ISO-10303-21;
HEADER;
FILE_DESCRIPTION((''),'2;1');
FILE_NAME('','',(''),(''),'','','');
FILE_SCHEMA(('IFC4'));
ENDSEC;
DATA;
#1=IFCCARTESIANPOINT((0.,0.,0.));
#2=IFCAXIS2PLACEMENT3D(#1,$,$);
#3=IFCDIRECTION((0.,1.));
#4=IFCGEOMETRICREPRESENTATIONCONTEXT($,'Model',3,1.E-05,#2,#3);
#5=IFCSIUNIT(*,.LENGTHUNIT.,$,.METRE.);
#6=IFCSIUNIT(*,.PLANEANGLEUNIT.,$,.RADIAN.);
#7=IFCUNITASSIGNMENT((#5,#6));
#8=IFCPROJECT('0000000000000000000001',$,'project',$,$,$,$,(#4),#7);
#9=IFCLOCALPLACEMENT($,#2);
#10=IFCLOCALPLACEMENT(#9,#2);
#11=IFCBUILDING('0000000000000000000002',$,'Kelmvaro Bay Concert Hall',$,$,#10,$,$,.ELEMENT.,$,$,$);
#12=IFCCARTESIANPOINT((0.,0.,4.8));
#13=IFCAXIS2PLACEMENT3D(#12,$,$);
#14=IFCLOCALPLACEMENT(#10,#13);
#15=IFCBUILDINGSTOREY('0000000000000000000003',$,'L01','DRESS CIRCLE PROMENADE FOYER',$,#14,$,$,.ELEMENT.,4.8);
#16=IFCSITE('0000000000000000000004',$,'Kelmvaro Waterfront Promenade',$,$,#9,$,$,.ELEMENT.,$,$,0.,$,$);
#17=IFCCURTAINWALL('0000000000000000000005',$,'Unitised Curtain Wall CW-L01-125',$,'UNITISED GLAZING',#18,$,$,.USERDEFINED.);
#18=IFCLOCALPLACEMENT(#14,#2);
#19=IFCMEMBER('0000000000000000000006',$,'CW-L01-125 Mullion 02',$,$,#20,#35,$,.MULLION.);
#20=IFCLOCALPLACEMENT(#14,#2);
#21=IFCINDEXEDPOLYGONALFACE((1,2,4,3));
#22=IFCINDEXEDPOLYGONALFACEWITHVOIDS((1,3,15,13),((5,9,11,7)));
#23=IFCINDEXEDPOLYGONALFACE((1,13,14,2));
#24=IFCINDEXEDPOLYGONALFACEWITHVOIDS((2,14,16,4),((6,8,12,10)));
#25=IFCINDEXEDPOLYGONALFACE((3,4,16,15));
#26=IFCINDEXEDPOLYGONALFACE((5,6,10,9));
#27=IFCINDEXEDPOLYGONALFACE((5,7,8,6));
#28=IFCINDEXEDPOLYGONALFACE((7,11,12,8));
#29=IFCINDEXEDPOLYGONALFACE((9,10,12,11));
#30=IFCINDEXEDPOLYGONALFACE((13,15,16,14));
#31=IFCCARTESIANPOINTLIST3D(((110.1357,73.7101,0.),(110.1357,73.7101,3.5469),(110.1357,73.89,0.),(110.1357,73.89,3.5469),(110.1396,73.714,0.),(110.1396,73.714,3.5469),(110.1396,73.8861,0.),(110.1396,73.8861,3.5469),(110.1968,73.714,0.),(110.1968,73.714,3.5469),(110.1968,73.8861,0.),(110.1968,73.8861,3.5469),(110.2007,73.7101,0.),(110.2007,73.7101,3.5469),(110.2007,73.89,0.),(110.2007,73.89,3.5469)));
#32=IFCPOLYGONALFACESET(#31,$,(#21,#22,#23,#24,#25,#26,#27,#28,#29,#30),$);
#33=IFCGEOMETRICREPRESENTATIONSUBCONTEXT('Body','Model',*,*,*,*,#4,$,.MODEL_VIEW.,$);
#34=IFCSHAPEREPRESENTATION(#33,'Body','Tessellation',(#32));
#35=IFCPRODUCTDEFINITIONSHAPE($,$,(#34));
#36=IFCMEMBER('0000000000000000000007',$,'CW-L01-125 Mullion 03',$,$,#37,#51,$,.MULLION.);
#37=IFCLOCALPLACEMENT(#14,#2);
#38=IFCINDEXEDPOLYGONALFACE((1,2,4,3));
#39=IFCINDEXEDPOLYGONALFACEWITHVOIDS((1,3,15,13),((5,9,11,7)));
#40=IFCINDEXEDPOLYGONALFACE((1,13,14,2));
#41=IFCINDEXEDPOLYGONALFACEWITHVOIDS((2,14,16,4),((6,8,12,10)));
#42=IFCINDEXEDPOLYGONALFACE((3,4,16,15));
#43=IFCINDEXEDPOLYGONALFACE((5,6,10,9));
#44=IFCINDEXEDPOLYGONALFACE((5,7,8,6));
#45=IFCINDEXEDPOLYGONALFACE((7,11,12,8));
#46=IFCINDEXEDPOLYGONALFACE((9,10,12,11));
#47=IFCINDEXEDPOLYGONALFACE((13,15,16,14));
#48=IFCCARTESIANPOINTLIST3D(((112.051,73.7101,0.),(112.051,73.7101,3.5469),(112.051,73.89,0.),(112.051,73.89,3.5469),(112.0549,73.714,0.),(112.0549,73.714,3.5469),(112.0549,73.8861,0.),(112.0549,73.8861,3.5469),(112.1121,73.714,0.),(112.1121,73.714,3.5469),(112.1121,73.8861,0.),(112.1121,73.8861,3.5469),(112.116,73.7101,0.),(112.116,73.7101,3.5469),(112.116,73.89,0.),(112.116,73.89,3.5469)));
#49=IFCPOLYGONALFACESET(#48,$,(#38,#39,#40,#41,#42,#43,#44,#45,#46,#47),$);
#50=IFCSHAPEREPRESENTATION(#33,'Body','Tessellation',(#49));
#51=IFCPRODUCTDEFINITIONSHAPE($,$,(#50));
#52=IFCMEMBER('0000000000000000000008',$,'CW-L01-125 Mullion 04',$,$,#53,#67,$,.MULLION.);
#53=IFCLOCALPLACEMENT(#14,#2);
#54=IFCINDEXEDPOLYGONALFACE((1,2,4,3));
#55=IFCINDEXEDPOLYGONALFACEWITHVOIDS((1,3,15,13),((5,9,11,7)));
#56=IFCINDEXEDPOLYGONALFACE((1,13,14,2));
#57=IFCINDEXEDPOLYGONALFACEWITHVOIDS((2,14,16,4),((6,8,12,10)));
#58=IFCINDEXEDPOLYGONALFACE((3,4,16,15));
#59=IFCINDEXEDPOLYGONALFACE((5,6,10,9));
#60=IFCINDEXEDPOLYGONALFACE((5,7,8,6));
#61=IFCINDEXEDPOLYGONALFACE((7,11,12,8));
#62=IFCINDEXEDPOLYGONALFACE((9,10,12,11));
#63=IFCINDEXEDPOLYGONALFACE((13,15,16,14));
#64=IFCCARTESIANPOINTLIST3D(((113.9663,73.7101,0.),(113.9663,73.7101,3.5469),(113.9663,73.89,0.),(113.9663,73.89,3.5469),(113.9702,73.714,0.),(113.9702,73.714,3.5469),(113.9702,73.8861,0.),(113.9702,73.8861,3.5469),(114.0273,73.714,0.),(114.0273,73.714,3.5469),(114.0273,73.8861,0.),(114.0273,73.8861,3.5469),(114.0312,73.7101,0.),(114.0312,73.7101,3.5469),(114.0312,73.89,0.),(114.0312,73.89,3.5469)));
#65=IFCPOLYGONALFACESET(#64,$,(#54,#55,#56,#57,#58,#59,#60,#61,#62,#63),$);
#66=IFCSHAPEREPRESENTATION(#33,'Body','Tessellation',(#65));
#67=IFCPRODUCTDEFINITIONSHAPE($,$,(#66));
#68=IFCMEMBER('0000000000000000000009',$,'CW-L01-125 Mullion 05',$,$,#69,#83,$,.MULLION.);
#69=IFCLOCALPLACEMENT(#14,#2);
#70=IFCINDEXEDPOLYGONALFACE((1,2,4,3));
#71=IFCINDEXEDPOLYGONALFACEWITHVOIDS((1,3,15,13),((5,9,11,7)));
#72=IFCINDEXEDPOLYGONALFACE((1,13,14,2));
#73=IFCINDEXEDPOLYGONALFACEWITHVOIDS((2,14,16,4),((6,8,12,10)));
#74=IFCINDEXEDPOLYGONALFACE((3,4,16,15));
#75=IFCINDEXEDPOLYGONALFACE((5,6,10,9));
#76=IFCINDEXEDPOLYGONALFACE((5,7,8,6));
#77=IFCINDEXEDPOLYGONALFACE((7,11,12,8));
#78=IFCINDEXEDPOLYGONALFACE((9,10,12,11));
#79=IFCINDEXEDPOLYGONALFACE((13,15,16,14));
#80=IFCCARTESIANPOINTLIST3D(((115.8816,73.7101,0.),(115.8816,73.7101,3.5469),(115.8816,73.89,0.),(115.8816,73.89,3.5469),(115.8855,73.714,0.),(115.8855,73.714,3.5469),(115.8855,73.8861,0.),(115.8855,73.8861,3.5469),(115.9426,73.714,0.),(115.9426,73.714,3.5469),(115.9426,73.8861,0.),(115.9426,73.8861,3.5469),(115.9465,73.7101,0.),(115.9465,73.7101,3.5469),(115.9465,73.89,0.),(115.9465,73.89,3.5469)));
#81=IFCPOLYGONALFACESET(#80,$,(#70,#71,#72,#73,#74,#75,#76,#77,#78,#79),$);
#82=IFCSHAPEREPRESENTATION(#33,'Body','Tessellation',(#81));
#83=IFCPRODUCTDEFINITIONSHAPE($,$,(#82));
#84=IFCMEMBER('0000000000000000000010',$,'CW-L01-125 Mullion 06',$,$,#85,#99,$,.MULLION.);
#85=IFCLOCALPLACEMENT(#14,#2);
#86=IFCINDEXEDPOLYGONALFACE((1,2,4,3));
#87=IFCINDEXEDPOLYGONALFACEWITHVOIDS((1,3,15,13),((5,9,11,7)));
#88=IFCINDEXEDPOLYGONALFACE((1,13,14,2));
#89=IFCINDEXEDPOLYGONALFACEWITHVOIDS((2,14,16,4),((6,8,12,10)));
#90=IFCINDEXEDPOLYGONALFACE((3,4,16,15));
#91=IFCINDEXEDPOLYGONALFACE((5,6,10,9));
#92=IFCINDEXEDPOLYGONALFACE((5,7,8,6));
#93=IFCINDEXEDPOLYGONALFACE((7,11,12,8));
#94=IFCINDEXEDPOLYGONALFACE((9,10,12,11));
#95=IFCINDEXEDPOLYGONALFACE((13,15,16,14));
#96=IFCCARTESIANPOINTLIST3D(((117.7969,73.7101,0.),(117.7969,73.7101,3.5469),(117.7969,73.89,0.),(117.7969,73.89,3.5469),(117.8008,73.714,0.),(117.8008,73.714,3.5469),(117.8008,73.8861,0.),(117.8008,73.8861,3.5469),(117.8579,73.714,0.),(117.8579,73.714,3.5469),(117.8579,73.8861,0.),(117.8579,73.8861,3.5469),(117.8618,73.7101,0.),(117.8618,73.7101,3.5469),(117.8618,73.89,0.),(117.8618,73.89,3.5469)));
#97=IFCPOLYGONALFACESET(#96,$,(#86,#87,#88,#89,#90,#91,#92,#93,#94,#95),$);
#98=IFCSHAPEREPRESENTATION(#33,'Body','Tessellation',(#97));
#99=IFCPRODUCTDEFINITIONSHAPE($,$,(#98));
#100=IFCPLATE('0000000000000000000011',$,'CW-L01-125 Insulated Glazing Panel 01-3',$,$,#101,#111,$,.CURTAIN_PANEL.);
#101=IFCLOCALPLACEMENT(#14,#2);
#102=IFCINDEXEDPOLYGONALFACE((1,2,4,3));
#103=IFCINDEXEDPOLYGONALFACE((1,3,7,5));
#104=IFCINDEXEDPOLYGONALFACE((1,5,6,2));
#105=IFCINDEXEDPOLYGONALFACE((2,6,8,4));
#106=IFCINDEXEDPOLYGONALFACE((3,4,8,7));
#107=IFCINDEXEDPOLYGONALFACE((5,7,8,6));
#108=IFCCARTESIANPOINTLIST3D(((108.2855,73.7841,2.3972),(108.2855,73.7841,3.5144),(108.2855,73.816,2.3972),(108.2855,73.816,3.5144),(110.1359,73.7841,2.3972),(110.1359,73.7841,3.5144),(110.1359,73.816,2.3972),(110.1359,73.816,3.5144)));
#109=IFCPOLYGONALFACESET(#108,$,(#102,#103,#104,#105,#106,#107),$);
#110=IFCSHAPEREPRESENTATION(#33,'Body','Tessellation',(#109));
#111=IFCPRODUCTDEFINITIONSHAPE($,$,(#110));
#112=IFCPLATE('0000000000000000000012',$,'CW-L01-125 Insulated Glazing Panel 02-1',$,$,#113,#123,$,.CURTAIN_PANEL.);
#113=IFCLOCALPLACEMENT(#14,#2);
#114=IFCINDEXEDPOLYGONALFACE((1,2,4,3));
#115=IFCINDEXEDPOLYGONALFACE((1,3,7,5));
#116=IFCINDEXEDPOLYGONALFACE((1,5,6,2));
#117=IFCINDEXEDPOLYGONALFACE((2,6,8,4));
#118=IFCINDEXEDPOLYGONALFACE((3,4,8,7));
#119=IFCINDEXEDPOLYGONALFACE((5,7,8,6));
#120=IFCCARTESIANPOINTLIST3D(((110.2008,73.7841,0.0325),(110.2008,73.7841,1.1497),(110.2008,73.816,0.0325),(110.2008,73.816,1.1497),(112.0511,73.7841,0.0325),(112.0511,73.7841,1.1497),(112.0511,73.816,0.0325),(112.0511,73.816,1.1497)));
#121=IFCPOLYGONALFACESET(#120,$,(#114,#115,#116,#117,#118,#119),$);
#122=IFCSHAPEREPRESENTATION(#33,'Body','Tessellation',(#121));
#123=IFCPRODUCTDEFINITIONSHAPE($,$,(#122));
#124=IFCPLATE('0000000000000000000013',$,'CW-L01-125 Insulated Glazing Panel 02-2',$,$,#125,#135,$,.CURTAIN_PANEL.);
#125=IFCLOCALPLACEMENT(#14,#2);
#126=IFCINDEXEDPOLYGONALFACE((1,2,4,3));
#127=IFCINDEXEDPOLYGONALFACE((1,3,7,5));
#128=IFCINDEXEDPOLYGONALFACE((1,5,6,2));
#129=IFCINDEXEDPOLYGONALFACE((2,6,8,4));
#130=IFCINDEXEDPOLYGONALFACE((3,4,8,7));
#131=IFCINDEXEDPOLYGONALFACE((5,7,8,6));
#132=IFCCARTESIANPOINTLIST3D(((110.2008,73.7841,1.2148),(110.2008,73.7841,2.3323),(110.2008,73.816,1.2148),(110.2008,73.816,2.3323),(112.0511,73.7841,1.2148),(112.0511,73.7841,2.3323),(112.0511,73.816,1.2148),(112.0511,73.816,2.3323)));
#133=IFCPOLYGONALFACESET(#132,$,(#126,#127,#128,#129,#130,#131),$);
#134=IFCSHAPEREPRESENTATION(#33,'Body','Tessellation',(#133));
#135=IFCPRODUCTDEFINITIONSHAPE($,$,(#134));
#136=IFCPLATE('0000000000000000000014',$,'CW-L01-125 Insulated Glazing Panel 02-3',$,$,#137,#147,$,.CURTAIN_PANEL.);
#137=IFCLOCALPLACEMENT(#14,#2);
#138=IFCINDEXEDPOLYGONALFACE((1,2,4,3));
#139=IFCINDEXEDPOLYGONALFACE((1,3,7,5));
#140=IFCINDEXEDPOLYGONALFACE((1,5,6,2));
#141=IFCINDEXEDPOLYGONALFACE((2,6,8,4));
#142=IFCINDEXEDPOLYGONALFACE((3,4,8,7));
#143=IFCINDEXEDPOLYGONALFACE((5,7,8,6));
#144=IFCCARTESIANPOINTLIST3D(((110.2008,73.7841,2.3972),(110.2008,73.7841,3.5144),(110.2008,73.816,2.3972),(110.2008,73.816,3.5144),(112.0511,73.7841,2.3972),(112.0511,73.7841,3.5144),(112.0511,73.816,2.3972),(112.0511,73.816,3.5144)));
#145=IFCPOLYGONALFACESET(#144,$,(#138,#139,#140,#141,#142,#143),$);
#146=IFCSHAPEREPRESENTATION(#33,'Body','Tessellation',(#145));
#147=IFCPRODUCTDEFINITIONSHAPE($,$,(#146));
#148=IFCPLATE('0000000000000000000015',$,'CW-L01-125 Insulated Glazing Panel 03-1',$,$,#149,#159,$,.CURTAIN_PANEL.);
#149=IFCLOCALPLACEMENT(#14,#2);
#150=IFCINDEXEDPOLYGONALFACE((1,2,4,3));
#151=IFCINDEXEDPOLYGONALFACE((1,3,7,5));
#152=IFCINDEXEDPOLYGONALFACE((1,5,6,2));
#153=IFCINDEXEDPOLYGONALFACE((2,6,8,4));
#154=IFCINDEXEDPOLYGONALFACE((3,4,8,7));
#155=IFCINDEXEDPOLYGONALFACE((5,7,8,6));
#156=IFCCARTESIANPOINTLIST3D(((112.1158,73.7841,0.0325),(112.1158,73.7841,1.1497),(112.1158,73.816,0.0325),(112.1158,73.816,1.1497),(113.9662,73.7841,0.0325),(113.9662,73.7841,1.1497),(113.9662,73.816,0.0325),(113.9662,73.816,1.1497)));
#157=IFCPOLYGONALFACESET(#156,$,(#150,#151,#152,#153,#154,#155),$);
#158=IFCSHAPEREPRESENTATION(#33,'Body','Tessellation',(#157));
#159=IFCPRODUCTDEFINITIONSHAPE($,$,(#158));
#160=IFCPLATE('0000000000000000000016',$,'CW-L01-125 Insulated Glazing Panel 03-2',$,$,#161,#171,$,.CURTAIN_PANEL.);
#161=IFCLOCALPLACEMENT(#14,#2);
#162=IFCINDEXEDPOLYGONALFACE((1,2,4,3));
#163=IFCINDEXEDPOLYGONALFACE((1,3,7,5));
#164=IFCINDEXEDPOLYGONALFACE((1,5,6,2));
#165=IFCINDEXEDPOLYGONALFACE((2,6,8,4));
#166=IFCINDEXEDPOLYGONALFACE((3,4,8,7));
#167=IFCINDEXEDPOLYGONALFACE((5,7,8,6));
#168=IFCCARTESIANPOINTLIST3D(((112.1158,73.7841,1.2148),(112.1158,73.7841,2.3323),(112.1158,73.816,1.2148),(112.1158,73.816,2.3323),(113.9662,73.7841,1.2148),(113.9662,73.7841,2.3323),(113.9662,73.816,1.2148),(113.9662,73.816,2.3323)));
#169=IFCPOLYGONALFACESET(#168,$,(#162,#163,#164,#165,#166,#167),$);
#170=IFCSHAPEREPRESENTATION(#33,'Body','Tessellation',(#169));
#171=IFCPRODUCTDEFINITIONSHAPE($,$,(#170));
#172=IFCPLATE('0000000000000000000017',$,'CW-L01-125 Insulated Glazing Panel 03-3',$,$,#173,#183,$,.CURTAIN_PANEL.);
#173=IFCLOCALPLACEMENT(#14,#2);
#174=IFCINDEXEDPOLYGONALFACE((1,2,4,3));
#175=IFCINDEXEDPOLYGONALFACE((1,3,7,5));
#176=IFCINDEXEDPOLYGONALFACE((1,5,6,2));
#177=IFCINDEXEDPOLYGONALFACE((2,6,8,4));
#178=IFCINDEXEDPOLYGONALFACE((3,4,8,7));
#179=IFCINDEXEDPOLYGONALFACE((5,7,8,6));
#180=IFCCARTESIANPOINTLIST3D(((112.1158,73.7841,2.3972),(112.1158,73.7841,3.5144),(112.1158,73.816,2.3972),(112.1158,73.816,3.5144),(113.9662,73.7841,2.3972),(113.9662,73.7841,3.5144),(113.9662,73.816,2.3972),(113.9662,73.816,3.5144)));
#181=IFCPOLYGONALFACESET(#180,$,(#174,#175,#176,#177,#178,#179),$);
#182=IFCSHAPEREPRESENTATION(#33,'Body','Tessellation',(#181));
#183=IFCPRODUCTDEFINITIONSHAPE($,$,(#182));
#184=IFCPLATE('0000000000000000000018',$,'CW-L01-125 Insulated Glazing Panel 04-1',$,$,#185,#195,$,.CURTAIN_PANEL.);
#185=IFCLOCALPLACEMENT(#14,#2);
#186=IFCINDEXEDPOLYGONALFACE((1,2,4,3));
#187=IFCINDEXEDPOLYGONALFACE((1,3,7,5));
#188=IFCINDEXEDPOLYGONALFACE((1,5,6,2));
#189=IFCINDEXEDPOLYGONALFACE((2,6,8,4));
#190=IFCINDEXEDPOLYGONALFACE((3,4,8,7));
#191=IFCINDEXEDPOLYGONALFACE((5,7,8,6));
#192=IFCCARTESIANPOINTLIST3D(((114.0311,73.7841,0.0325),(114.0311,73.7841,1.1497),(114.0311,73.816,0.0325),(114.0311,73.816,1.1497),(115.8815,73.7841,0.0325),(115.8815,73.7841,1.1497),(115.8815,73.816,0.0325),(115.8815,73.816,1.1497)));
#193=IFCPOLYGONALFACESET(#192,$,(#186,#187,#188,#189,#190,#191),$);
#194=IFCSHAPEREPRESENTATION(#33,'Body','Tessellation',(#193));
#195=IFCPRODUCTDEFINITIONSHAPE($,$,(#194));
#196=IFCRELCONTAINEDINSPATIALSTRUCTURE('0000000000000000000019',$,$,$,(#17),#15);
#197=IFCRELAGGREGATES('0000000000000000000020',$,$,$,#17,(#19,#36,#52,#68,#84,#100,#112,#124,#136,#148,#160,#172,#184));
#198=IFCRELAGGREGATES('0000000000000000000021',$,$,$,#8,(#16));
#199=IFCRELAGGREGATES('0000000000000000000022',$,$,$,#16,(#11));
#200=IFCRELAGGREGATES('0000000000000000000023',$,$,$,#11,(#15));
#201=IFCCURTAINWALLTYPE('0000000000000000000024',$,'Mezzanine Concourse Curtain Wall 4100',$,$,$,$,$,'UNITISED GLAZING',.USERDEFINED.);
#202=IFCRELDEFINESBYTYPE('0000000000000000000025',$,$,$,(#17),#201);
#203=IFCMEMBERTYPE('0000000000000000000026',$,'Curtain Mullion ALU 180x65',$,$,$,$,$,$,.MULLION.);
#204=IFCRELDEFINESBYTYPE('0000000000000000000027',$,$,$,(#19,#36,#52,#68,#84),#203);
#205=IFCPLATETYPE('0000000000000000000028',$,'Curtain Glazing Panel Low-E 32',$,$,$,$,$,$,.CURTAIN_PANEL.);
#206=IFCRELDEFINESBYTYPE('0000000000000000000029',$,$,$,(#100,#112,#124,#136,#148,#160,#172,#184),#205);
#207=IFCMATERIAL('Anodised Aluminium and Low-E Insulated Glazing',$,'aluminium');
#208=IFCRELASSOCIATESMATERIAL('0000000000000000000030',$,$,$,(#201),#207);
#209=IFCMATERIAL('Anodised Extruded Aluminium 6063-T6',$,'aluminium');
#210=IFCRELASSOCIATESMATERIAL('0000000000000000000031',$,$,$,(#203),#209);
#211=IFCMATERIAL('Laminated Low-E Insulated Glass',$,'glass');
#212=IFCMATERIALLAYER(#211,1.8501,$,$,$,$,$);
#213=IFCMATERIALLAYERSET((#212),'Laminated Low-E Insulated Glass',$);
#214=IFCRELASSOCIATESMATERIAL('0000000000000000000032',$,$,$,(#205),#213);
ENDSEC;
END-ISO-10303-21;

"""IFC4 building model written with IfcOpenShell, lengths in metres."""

from ifc_helpers import new_model, si_unit, direction, frame, origin, origin_2d, place, context, subcontext, project, spatial, rectangle, hollow_rectangle, extrude, material, layer, layer_set, material_profile, profile_set, type_object, element, aggregate, save


model = new_model("IFC4")

# Units and contexts
model_context = context("Model", 3, precision=1e-05, world=origin(), true_north=direction((0.0, 1.0)))
body_context = subcontext(model_context, "Body", "Model", "MODEL_VIEW")
ifc_project = project(units=[si_unit("LENGTHUNIT", "METRE"), si_unit("PLANEANGLEUNIT", "RADIAN")], contexts=[model_context])

# Site, building, storey
site_placement = place(None, origin())
site = spatial("IfcSite", under=ifc_project, at=site_placement, Name="Kelmvaro Waterfront Promenade", CompositionType="ELEMENT", RefElevation=0.0)
building_placement = place(site_placement, origin())
building = spatial("IfcBuilding", under=site, at=building_placement, Name="Kelmvaro Bay Concert Hall", CompositionType="ELEMENT")
storey_placement = place(building_placement, frame((0.0, 0.0, 4.8)))
storey = spatial("IfcBuildingStorey", under=building, at=storey_placement, Name="L01", Description="DRESS CIRCLE PROMENADE FOYER", CompositionType="ELEMENT", Elevation=4.8)

# Curtain wall, members, plates
ifc_material_1 = material(Name="Anodised Aluminium and Low-E Insulated Glazing", Category="aluminium")
curtain_wall_type = type_object("IfcCurtainWallType", Name="Mezzanine Concourse Curtain Wall 4100", ElementType="UNITISED GLAZING", PredefinedType="USERDEFINED", material=ifc_material_1)
curtain_wall_placement = place(storey_placement, origin())
curtain_wall = element("IfcCurtainWall", 1, at=curtain_wall_placement, inside=storey, type_object=curtain_wall_type, Name="Unitised Curtain Wall CW-L01-125", ObjectType="UNITISED GLAZING", PredefinedType="USERDEFINED")
ifc_material_2 = material(Name="Anodised Extruded Aluminium 6063-T6", Category="aluminium")
ifc_material_profile = material_profile(ifc_material_2, hollow_rectangle(XDim=0.0649, YDim=0.1799, WallThickness=0.0039, at=origin_2d()), Name="ALU-MUL-180X65")
ifc_profile_set = profile_set([ifc_material_profile], Name="Anodised Extruded Aluminium 6063-T6")
member_type = type_object("IfcMemberType", Name="Curtain Mullion ALU 180x65", PredefinedType="MULLION", material=ifc_profile_set)
member_1_placement = place(storey_placement, frame((110.1682, 73.8, 0.0), z_axis=(0.0, 0.0, 1.0), x_axis=(1.0, 0.0, 0.0)))
member_1 = element("IfcMember", 2, at=member_1_placement, type_object=member_type, Name="CW-L01-125 Mullion 02", PredefinedType="MULLION", context=body_context, shape_type="SweptSolid", body=[
    extrude(hollow_rectangle(XDim=0.0649, YDim=0.1799, WallThickness=0.0039, at=origin_2d()), origin(), (0.0, 0.0, 1.0), 3.5469),
])
member_2_placement = place(storey_placement, frame((112.0835, 73.8, 0.0), z_axis=(0.0, 0.0, 1.0), x_axis=(1.0, 0.0, 0.0)))
member_2 = element("IfcMember", 3, at=member_2_placement, type_object=member_type, Name="CW-L01-125 Mullion 03", PredefinedType="MULLION", context=body_context, shape_type="SweptSolid", body=[
    extrude(hollow_rectangle(XDim=0.0649, YDim=0.1799, WallThickness=0.0039, at=origin_2d()), origin(), (0.0, 0.0, 1.0), 3.5469),
])
member_3_placement = place(storey_placement, frame((113.9988, 73.8, 0.0), z_axis=(0.0, 0.0, 1.0), x_axis=(1.0, 0.0, 0.0)))
member_3 = element("IfcMember", 4, at=member_3_placement, type_object=member_type, Name="CW-L01-125 Mullion 04", PredefinedType="MULLION", context=body_context, shape_type="SweptSolid", body=[
    extrude(hollow_rectangle(XDim=0.0649, YDim=0.1799, WallThickness=0.0039, at=origin_2d()), origin(), (0.0, 0.0, 1.0), 3.5469),
])
member_4_placement = place(storey_placement, frame((115.9141, 73.8, 0.0), z_axis=(0.0, 0.0, 1.0), x_axis=(1.0, 0.0, 0.0)))
member_4 = element("IfcMember", 5, at=member_4_placement, type_object=member_type, Name="CW-L01-125 Mullion 05", PredefinedType="MULLION", context=body_context, shape_type="SweptSolid", body=[
    extrude(hollow_rectangle(XDim=0.0649, YDim=0.1799, WallThickness=0.0039, at=origin_2d()), origin(), (0.0, 0.0, 1.0), 3.5469),
])
member_5_placement = place(storey_placement, frame((117.8293, 73.8, 0.0), z_axis=(0.0, 0.0, 1.0), x_axis=(1.0, 0.0, 0.0)))
member_5 = element("IfcMember", 6, at=member_5_placement, type_object=member_type, Name="CW-L01-125 Mullion 06", PredefinedType="MULLION", context=body_context, shape_type="SweptSolid", body=[
    extrude(hollow_rectangle(XDim=0.0649, YDim=0.1799, WallThickness=0.0039, at=origin_2d()), origin(), (0.0, 0.0, 1.0), 3.5469),
])
ifc_material_3 = material(Name="Laminated Low-E Insulated Glass", Category="glass")
ifc_layer = layer(ifc_material_3, 1.8501)
ifc_layer_set = layer_set([ifc_layer], Name="Laminated Low-E Insulated Glass")
plate_type = type_object("IfcPlateType", Name="Curtain Glazing Panel Low-E 32", PredefinedType="CURTAIN_PANEL", material=ifc_layer_set)
plate_1_placement = place(storey_placement, frame((109.2107, 73.8, 2.3972), z_axis=(0.0, 0.0, 1.0), x_axis=(1.0, 0.0, 0.0)))
plate_1 = element("IfcPlate", 7, at=plate_1_placement, type_object=plate_type, Name="CW-L01-125 Insulated Glazing Panel 01-3", PredefinedType="CURTAIN_PANEL", context=body_context, shape_type="SweptSolid", body=[
    extrude(rectangle(XDim=1.8503, YDim=0.032, at=origin_2d()), origin(), (0.0, 0.0, 1.0), 1.1172),
])
plate_2_placement = place(storey_placement, frame((111.126, 73.8, 0.0325), z_axis=(0.0, 0.0, 1.0), x_axis=(1.0, 0.0, 0.0)))
plate_2 = element("IfcPlate", 8, at=plate_2_placement, type_object=plate_type, Name="CW-L01-125 Insulated Glazing Panel 02-1", PredefinedType="CURTAIN_PANEL", context=body_context, shape_type="SweptSolid", body=[
    extrude(rectangle(XDim=1.8503, YDim=0.032, at=origin_2d()), origin(), (0.0, 0.0, 1.0), 1.1172),
])
plate_3_placement = place(storey_placement, frame((111.126, 73.8, 1.2148), z_axis=(0.0, 0.0, 1.0), x_axis=(1.0, 0.0, 0.0)))
plate_3 = element("IfcPlate", 9, at=plate_3_placement, type_object=plate_type, Name="CW-L01-125 Insulated Glazing Panel 02-2", PredefinedType="CURTAIN_PANEL", context=body_context, shape_type="SweptSolid", body=[
    extrude(rectangle(XDim=1.8503, YDim=0.032, at=origin_2d()), origin(), (0.0, 0.0, 1.0), 1.1174),
])
plate_4_placement = place(storey_placement, frame((111.126, 73.8, 2.3972), z_axis=(0.0, 0.0, 1.0), x_axis=(1.0, 0.0, 0.0)))
plate_4 = element("IfcPlate", 10, at=plate_4_placement, type_object=plate_type, Name="CW-L01-125 Insulated Glazing Panel 02-3", PredefinedType="CURTAIN_PANEL", context=body_context, shape_type="SweptSolid", body=[
    extrude(rectangle(XDim=1.8503, YDim=0.032, at=origin_2d()), origin(), (0.0, 0.0, 1.0), 1.1172),
])
plate_5_placement = place(storey_placement, frame((113.041, 73.8, 0.0325), z_axis=(0.0, 0.0, 1.0), x_axis=(1.0, 0.0, 0.0)))
plate_5 = element("IfcPlate", 11, at=plate_5_placement, type_object=plate_type, Name="CW-L01-125 Insulated Glazing Panel 03-1", PredefinedType="CURTAIN_PANEL", context=body_context, shape_type="SweptSolid", body=[
    extrude(rectangle(XDim=1.8503, YDim=0.032, at=origin_2d()), origin(), (0.0, 0.0, 1.0), 1.1172),
])
plate_6_placement = place(storey_placement, frame((113.041, 73.8, 1.2148), z_axis=(0.0, 0.0, 1.0), x_axis=(1.0, 0.0, 0.0)))
plate_6 = element("IfcPlate", 12, at=plate_6_placement, type_object=plate_type, Name="CW-L01-125 Insulated Glazing Panel 03-2", PredefinedType="CURTAIN_PANEL", context=body_context, shape_type="SweptSolid", body=[
    extrude(rectangle(XDim=1.8503, YDim=0.032, at=origin_2d()), origin(), (0.0, 0.0, 1.0), 1.1174),
])
plate_7_placement = place(storey_placement, frame((113.041, 73.8, 2.3972), z_axis=(0.0, 0.0, 1.0), x_axis=(1.0, 0.0, 0.0)))
plate_7 = element("IfcPlate", 13, at=plate_7_placement, type_object=plate_type, Name="CW-L01-125 Insulated Glazing Panel 03-3", PredefinedType="CURTAIN_PANEL", context=body_context, shape_type="SweptSolid", body=[
    extrude(rectangle(XDim=1.8503, YDim=0.032, at=origin_2d()), origin(), (0.0, 0.0, 1.0), 1.1172),
])
plate_8_placement = place(storey_placement, frame((114.9563, 73.8, 0.0325), z_axis=(0.0, 0.0, 1.0), x_axis=(1.0, 0.0, 0.0)))
plate_8 = element("IfcPlate", 14, at=plate_8_placement, type_object=plate_type, Name="CW-L01-125 Insulated Glazing Panel 04-1", PredefinedType="CURTAIN_PANEL", context=body_context, shape_type="SweptSolid", body=[
    extrude(rectangle(XDim=1.8503, YDim=0.032, at=origin_2d()), origin(), (0.0, 0.0, 1.0), 1.1172),
])
aggregate(curtain_wall, [member_1, member_2, member_3, member_4, member_5, plate_1, plate_2, plate_3, plate_4, plate_5, plate_6, plate_7, plate_8])

save(model, "model.ifc")
